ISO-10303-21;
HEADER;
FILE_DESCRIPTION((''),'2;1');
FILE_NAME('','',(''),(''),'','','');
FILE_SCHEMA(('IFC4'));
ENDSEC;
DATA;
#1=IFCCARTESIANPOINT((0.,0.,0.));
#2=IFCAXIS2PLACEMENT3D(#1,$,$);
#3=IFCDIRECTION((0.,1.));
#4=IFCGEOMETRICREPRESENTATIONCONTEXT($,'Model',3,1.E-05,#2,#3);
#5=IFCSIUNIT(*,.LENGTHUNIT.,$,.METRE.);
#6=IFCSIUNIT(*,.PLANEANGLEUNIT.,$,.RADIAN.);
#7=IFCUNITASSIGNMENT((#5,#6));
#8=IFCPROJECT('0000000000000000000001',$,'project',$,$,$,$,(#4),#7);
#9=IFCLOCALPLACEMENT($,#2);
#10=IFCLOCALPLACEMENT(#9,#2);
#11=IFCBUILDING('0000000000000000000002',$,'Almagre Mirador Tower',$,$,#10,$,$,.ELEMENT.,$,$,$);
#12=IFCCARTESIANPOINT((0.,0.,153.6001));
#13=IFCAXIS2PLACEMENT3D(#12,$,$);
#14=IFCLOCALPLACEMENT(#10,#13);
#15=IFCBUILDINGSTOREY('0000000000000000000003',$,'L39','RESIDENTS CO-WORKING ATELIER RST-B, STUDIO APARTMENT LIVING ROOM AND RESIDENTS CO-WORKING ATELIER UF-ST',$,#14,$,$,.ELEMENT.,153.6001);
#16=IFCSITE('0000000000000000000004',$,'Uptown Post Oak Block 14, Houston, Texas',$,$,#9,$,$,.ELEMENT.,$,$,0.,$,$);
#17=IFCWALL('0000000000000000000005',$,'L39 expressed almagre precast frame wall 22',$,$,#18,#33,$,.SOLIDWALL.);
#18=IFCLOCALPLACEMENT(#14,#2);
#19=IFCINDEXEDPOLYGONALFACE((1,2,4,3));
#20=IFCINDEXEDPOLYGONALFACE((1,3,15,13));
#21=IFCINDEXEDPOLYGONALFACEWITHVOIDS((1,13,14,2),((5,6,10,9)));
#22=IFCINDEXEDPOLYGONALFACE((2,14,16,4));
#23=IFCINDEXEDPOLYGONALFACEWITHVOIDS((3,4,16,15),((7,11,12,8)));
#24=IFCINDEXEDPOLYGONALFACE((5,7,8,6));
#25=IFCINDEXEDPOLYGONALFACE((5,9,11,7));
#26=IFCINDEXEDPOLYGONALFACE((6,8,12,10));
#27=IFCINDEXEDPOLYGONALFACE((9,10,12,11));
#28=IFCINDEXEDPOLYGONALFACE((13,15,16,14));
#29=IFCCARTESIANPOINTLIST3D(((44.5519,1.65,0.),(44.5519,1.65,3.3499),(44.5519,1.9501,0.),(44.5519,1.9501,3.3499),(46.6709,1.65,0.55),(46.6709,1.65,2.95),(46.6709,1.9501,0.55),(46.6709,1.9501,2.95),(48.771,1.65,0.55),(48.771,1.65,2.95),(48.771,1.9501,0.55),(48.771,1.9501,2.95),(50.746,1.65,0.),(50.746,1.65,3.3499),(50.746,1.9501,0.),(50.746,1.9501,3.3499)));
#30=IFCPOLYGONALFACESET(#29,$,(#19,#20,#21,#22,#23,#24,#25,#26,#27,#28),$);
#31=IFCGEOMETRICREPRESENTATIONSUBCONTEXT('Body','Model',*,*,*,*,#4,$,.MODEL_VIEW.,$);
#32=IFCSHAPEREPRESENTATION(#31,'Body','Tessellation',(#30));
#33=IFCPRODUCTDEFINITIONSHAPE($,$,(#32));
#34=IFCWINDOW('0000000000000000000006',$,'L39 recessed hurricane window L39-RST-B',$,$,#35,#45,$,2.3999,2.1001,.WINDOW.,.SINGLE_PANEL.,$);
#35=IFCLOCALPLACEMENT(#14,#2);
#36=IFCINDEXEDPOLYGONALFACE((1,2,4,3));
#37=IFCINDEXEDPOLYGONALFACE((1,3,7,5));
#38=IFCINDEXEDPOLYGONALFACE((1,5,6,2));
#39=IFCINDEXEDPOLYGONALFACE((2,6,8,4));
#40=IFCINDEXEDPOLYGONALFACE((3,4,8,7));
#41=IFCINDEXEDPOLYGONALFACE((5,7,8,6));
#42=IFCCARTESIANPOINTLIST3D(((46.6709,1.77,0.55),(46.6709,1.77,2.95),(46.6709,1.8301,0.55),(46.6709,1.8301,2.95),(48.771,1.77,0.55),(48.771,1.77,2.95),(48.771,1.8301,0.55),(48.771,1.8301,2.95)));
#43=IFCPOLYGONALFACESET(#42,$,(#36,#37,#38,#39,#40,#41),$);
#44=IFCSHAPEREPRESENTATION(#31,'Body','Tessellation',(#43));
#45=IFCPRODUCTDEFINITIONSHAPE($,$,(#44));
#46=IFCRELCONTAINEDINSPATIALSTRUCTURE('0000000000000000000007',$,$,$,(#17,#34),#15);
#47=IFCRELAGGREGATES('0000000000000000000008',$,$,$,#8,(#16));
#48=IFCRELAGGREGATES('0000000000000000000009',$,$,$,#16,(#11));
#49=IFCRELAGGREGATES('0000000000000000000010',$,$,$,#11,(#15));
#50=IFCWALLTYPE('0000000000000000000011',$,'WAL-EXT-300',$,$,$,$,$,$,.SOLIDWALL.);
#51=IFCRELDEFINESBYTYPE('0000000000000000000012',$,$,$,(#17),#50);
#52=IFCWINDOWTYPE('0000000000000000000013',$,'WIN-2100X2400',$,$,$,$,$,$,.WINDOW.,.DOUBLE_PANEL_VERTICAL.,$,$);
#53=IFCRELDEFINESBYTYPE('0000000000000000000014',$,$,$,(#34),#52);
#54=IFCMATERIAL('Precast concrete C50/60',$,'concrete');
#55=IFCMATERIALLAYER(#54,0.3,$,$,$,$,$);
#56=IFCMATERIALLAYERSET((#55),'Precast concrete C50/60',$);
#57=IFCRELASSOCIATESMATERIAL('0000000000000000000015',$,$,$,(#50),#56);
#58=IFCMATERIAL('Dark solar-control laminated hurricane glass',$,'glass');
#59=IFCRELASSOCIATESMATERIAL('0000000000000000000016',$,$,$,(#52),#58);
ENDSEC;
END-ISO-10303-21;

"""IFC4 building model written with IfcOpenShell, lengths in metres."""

from ifc_helpers import new_model, si_unit, direction, frame, frame_2d, origin, place, context, subcontext, project, spatial, rectangle, extrude, material, layer, layer_set, type_object, element, fill, save


model = new_model("IFC4")

# Units and contexts
model_context = context("Model", 3, precision=1e-05, world=origin(), true_north=direction((0.0, 1.0)))
body_context = subcontext(model_context, "Body", "Model", "MODEL_VIEW")
ifc_project = project(units=[si_unit("LENGTHUNIT", "METRE"), si_unit("PLANEANGLEUNIT", "RADIAN")], contexts=[model_context])

# Site, building, storey
site_placement = place(None, origin())
site = spatial("IfcSite", under=ifc_project, at=site_placement, Name="Uptown Post Oak Block 14, Houston, Texas", CompositionType="ELEMENT", RefElevation=0.0)
building_placement = place(site_placement, origin())
building = spatial("IfcBuilding", under=site, at=building_placement, Name="Almagre Mirador Tower", CompositionType="ELEMENT")
storey_placement = place(building_placement, frame((0.0, 0.0, 153.6001)))
storey = spatial("IfcBuildingStorey", under=building, at=storey_placement, Name="L39", Description="RESIDENTS CO-WORKING ATELIER RST-B, STUDIO APARTMENT LIVING ROOM AND RESIDENTS CO-WORKING ATELIER UF-ST", CompositionType="ELEMENT", Elevation=153.6001)

# Shared definitions
ifc_material_1 = material(Name="Precast concrete C50/60", Category="concrete")
ifc_layer_1 = layer(ifc_material_1, 0.3)
ifc_layer_set_1 = layer_set([ifc_layer_1], Name="Precast concrete C50/60")
wall_type = type_object("IfcWallType", Name="WAL-EXT-300", PredefinedType="SOLIDWALL", material=ifc_layer_set_1)
ifc_material_2 = material(Name="Dark solar-control laminated hurricane glass", Category="glass")
window_type_1 = type_object("IfcWindowType", Name="WIN-2100X2400", PartitioningType="DOUBLE_PANEL_VERTICAL", PredefinedType="WINDOW", material=ifc_material_2)

# Wall, opening, window
wall_1_placement = place(storey_placement, frame((50.7461, 1.8, 0.0), z_axis=(0.0, 0.0, 1.0), x_axis=(-1.0, 0.0, 0.0)))
wall_1 = element("IfcWall", 1, at=wall_1_placement, inside=storey, type_object=wall_type, Name="L39 expressed almagre precast frame wall 22", PredefinedType="SOLIDWALL", context=body_context, shape_type="SweptSolid", body=[
    extrude(rectangle(XDim=6.1941, YDim=0.3, at=frame_2d((3.0972, 0.0))), origin(), (0.0, 0.0, 1.0), 3.3499),
])
opening_1_placement = place(wall_1_placement, frame((1.9751, 0.0, 0.55)))
opening_1 = element("IfcOpeningElement", 2, at=opening_1_placement, cuts=wall_1, PredefinedType="OPENING", context=body_context, shape_type="SweptSolid", body=[
    extrude(rectangle(XDim=2.1001, YDim=2.3999, at=frame_2d((1.05, 1.2))), frame((0.0, 0.1599, 0.0), z_axis=(0.0, -1.0, 0.0), x_axis=(1.0, 0.0, 0.0)), (0.0, 0.0, 1.0), 0.32),
])
window_1_placement = place(opening_1_placement, origin())
window_1 = element("IfcWindow", 3, at=window_1_placement, inside=storey, type_object=window_type_1, Name="L39 recessed hurricane window L39-RST-B", OverallHeight=2.3999, OverallWidth=2.1001, PartitioningType="SINGLE_PANEL", PredefinedType="WINDOW", context=body_context, shape_type="SweptSolid", body=[
    extrude(rectangle(XDim=2.1001, YDim=2.3999, at=frame_2d((1.05, 1.2))), frame((0.0, 0.03, 0.0), z_axis=(0.0, -1.0, 0.0), x_axis=(1.0, 0.0, 0.0)), (0.0, 0.0, 1.0), 0.0601),
])
fill(opening_1, window_1)

save(model, "model.ifc")
